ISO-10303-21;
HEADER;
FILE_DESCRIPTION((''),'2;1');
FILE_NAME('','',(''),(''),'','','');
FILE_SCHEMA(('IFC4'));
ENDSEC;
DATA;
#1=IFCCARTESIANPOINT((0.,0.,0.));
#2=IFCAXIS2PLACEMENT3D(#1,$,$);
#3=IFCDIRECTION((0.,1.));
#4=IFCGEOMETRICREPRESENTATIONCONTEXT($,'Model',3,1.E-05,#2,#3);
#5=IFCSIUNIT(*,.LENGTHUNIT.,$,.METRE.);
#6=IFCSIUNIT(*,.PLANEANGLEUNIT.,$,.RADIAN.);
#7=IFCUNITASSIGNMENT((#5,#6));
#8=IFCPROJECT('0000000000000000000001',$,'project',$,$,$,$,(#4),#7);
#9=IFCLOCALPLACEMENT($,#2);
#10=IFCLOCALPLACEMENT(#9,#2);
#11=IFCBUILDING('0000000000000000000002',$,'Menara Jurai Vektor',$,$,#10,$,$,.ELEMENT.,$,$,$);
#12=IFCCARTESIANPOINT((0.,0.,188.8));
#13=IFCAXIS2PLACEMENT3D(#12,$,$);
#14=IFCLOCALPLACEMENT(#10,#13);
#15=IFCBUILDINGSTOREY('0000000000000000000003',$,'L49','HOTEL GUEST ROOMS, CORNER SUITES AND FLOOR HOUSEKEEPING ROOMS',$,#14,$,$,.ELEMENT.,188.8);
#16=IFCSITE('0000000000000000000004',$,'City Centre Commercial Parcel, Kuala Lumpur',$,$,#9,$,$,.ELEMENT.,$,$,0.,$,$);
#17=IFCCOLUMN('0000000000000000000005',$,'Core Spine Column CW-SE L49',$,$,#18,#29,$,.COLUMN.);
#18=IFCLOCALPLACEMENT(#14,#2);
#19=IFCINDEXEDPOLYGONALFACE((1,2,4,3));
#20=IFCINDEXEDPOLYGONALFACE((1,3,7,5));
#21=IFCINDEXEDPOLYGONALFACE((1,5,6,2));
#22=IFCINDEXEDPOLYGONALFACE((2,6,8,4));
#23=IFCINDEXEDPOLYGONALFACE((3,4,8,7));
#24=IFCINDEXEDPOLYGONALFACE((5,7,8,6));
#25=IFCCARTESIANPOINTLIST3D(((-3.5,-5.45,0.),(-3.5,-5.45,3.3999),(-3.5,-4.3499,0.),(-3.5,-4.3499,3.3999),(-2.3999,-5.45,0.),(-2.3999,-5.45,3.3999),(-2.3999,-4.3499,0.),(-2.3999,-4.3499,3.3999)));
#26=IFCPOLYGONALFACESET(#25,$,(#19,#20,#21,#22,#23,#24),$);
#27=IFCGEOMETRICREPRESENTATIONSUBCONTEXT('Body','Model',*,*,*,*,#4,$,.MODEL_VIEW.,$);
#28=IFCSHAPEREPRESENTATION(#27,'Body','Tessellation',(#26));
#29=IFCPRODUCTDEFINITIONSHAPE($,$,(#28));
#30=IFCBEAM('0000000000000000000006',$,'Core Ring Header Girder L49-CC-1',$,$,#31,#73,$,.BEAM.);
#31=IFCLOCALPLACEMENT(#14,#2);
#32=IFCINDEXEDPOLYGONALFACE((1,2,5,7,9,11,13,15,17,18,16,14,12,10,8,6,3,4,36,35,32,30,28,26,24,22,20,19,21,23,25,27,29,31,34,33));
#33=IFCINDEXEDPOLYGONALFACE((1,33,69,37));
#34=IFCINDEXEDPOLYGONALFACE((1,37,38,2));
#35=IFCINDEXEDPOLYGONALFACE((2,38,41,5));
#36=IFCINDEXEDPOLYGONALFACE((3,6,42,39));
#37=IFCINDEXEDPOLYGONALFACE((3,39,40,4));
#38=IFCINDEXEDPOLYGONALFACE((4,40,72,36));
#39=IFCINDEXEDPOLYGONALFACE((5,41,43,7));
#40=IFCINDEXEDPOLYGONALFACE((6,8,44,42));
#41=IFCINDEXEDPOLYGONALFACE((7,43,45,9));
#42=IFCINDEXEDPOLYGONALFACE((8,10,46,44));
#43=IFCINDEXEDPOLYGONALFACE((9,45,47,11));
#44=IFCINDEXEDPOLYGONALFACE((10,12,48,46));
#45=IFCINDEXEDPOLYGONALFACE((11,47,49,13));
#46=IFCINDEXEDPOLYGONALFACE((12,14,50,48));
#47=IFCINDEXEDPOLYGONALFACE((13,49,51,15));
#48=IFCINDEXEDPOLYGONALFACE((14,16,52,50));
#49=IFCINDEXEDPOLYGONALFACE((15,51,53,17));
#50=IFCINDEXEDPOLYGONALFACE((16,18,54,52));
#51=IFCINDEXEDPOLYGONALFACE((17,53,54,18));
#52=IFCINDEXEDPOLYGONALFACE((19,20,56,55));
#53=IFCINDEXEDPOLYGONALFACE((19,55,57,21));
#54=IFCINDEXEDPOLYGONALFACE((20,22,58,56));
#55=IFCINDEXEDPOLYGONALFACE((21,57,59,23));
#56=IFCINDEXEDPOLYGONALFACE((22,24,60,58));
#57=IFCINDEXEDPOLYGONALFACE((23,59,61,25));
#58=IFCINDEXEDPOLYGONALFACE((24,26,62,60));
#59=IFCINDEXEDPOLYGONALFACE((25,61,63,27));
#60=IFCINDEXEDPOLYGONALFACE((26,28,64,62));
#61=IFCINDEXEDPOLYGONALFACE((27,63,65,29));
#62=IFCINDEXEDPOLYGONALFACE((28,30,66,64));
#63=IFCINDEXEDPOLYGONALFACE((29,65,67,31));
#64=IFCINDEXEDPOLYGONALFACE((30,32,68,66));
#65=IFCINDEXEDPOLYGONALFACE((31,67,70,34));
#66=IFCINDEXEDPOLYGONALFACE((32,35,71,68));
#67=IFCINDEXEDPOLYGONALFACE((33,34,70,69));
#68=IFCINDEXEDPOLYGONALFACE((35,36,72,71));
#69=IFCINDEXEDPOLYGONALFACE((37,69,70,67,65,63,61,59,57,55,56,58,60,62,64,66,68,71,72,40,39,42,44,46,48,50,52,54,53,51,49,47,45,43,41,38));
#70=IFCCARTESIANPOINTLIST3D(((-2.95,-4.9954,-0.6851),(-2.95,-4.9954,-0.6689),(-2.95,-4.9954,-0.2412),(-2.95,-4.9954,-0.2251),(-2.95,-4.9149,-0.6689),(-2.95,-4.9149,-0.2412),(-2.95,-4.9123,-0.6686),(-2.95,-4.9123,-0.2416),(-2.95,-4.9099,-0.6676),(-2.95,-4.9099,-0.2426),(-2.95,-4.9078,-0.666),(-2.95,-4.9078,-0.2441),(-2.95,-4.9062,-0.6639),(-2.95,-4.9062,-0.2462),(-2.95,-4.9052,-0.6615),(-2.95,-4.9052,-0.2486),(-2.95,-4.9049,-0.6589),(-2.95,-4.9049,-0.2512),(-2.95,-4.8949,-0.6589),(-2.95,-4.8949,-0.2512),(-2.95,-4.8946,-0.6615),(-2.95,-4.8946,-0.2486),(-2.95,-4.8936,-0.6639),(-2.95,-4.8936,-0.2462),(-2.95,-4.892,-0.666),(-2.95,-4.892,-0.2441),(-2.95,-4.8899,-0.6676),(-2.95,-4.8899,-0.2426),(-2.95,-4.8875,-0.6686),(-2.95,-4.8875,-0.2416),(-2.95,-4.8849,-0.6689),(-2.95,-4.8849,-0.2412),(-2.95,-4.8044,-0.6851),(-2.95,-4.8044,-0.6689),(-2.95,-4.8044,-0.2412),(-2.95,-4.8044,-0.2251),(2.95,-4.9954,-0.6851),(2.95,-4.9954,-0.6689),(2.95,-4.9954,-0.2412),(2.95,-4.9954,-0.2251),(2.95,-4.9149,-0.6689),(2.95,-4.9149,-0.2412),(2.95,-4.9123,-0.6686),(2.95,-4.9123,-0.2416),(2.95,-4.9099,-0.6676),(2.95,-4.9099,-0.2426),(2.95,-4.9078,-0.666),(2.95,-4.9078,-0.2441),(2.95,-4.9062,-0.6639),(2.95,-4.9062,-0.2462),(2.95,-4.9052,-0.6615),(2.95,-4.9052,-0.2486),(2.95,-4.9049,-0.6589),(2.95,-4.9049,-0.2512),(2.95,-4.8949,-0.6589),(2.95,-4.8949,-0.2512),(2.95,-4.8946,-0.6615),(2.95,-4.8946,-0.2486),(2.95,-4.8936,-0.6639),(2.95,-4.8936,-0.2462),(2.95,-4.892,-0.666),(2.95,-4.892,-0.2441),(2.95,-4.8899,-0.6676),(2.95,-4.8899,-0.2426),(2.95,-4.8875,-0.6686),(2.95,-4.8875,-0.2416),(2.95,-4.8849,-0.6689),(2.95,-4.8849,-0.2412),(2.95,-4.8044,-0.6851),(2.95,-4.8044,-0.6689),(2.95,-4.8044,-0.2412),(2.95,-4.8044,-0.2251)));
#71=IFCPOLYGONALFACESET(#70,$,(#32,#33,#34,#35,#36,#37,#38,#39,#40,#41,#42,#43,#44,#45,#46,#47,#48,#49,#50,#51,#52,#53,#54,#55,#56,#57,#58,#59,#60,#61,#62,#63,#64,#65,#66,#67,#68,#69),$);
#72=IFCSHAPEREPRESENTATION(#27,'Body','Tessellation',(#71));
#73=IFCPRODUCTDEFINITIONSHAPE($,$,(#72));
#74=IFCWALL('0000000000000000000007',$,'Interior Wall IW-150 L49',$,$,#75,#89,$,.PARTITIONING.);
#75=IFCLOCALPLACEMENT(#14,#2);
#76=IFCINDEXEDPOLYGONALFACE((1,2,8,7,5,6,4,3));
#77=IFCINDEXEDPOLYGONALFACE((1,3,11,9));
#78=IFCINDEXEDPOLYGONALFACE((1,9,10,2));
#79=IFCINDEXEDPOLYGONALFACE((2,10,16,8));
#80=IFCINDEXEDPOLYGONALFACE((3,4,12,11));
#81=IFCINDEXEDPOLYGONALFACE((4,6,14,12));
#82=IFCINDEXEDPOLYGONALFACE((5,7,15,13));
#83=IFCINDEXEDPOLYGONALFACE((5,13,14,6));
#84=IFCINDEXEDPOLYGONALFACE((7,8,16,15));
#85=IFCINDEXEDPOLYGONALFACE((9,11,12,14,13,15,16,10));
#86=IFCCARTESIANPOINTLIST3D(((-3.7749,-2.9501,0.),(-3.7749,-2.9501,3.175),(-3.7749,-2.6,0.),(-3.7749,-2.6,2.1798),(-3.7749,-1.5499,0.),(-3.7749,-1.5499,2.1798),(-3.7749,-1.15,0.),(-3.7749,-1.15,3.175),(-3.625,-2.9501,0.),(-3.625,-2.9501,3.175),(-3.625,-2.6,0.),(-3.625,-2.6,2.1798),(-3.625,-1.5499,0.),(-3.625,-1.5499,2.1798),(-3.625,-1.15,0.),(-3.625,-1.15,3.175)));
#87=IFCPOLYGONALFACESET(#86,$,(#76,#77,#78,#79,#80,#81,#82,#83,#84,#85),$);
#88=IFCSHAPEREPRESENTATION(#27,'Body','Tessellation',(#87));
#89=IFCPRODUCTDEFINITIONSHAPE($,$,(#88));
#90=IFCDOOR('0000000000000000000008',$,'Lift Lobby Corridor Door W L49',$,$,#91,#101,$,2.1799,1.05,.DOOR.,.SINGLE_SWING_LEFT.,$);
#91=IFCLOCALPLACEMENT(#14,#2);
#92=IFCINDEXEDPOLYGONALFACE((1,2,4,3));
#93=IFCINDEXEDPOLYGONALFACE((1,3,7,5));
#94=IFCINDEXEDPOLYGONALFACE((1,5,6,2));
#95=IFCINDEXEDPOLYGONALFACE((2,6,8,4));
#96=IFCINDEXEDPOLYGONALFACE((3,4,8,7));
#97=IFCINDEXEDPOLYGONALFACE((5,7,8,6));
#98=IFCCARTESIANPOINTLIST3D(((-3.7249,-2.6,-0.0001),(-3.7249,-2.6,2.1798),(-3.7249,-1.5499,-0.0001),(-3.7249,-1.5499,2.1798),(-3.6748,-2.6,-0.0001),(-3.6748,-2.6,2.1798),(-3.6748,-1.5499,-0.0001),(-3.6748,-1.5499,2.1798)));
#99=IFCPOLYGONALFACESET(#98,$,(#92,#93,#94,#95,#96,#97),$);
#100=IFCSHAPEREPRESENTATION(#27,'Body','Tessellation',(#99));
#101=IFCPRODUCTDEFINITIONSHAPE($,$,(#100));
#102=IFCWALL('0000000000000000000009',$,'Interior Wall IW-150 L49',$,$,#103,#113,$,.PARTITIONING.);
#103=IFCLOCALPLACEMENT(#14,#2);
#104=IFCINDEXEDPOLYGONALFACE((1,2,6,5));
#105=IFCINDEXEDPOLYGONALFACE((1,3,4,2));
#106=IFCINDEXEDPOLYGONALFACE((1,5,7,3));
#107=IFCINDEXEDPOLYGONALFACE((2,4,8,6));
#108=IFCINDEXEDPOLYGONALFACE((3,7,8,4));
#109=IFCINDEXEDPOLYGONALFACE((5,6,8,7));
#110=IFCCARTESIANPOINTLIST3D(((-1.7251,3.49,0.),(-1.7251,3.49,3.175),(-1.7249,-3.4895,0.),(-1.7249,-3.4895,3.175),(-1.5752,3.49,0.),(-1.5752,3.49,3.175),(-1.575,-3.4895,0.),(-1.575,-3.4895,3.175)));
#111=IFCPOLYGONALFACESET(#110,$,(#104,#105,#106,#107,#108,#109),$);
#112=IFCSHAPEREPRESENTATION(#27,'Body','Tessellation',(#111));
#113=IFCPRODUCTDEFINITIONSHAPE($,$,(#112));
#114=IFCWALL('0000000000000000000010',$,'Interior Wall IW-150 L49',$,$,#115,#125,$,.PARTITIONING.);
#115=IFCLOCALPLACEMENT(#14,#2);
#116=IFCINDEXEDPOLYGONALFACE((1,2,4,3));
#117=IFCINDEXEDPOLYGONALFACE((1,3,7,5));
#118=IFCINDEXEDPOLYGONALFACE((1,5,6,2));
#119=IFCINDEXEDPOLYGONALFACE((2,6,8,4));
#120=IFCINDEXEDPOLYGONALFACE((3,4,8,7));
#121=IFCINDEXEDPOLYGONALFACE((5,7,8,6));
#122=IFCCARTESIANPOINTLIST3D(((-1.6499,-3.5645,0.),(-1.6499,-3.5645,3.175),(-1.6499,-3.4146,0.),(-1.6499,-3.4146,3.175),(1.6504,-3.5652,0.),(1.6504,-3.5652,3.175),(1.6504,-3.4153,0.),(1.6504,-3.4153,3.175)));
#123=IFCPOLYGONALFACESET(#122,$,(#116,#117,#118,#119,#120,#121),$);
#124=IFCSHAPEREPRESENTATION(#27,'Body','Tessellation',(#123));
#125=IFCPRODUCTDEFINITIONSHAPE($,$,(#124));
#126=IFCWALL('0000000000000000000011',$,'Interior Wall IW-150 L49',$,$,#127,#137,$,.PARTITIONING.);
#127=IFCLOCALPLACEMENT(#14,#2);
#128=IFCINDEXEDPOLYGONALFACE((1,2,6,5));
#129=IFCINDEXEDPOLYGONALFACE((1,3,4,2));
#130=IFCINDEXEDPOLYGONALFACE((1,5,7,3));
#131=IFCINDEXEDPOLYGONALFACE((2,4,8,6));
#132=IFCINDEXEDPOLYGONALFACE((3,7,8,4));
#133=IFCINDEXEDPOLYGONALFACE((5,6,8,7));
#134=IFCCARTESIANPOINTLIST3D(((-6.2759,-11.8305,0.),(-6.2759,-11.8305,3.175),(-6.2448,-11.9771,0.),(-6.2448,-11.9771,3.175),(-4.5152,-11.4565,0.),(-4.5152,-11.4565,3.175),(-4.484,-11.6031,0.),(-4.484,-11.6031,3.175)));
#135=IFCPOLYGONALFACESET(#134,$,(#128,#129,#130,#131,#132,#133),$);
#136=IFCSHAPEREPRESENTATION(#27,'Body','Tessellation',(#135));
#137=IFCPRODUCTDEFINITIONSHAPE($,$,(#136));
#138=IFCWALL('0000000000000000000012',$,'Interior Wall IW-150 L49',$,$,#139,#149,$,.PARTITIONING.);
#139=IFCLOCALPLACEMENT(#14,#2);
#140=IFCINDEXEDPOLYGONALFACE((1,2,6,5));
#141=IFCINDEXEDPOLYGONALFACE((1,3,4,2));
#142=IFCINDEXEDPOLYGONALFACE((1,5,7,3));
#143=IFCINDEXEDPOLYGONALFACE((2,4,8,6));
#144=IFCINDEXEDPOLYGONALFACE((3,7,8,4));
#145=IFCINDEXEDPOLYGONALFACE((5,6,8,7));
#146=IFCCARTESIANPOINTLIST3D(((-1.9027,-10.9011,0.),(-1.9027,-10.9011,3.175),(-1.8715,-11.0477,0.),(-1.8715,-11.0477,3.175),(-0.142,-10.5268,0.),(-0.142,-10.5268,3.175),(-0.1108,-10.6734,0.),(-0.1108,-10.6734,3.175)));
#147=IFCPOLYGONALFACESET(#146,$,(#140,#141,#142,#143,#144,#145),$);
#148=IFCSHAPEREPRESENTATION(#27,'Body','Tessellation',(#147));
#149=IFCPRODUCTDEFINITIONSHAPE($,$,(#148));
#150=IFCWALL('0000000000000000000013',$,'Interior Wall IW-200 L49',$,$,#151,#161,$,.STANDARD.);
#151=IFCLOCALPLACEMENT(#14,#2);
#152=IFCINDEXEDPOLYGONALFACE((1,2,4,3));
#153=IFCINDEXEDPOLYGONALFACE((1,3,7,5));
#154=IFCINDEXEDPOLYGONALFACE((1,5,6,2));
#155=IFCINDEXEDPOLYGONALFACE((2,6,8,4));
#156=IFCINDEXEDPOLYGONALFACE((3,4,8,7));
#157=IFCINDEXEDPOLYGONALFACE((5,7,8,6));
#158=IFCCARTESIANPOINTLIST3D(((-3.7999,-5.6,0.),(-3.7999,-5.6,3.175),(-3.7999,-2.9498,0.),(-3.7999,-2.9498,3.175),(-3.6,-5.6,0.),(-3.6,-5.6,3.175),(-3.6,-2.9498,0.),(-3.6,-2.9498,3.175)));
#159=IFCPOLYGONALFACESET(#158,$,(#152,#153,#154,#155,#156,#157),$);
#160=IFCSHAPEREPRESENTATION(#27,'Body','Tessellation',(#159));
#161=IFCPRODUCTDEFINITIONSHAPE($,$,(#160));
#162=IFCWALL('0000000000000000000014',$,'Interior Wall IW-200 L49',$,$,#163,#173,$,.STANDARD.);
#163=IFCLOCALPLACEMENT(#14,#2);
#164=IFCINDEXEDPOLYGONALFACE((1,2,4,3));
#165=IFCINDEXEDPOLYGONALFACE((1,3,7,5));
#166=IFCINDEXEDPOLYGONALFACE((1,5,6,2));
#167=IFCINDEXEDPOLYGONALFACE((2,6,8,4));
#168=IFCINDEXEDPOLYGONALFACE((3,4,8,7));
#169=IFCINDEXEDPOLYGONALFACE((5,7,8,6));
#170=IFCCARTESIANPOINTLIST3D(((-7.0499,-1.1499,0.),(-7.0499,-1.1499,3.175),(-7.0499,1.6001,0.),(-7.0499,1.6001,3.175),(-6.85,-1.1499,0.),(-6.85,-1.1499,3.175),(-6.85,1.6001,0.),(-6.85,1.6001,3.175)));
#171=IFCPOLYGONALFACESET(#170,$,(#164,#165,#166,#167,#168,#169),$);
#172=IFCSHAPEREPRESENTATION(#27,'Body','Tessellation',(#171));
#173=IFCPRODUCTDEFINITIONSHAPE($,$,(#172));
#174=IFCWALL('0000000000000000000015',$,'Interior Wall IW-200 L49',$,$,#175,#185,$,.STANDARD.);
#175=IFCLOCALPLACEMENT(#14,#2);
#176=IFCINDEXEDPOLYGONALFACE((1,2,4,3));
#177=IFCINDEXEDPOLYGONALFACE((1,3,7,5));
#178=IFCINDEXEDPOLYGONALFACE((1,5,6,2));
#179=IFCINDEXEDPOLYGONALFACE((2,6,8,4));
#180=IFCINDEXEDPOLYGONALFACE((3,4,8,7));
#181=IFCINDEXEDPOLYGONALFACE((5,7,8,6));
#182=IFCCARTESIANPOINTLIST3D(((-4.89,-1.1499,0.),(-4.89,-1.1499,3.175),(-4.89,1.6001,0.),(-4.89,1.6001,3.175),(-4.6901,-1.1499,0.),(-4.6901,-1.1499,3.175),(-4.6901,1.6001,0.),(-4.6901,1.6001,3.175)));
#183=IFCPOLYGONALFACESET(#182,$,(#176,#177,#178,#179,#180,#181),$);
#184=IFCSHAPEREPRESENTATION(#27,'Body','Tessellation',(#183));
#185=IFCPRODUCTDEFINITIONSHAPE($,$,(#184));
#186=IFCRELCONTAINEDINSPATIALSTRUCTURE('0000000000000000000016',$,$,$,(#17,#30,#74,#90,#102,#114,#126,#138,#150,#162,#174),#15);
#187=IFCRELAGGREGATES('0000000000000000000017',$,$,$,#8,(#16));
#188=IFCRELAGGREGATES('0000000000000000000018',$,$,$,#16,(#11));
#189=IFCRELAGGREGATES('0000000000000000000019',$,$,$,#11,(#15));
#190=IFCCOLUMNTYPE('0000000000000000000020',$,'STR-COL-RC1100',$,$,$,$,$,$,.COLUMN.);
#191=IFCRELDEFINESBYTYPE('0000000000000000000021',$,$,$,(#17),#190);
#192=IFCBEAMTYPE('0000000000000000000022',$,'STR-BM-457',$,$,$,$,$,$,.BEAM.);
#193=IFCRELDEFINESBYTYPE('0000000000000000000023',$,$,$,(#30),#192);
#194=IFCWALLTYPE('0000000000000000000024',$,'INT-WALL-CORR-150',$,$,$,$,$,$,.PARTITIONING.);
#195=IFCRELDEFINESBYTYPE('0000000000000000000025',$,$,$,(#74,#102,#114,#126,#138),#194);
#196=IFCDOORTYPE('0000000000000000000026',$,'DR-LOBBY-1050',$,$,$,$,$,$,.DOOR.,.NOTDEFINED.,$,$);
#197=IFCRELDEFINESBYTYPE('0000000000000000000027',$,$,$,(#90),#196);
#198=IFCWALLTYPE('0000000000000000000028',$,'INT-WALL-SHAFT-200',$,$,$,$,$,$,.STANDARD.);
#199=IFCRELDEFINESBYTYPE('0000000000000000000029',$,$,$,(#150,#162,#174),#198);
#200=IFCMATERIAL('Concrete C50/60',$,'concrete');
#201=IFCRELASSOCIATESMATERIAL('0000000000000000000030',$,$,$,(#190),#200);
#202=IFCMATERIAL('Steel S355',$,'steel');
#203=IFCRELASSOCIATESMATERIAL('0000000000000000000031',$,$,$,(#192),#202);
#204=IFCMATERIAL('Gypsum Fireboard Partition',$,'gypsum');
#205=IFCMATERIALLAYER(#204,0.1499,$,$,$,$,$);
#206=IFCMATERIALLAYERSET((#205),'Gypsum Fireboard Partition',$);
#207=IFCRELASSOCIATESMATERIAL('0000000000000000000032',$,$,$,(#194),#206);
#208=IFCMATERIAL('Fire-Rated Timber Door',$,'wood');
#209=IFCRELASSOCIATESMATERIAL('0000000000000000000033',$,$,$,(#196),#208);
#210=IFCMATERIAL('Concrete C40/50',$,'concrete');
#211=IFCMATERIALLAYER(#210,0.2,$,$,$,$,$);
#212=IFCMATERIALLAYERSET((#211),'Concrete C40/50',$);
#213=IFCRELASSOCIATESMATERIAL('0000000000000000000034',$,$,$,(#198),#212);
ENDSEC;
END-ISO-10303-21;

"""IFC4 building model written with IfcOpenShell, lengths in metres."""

from ifc_helpers import new_model, si_unit, direction, frame, frame_2d, origin, origin_2d, place, context, subcontext, project, spatial, rectangle, i_section, extrude, material, layer, layer_set, material_profile, profile_set, type_object, element, fill, save


model = new_model("IFC4")

# Units and contexts
model_context = context("Model", 3, precision=1e-05, world=origin(), true_north=direction((0.0, 1.0)))
body_context = subcontext(model_context, "Body", "Model", "MODEL_VIEW")
ifc_project = project(units=[si_unit("LENGTHUNIT", "METRE"), si_unit("PLANEANGLEUNIT", "RADIAN")], contexts=[model_context])

# Site, building, storey
site_placement = place(None, origin())
site = spatial("IfcSite", under=ifc_project, at=site_placement, Name="City Centre Commercial Parcel, Kuala Lumpur", CompositionType="ELEMENT", RefElevation=0.0)
building_placement = place(site_placement, origin())
building = spatial("IfcBuilding", under=site, at=building_placement, Name="Menara Jurai Vektor", CompositionType="ELEMENT")
storey_placement = place(building_placement, frame((0.0, 0.0, 188.8)))
storey = spatial("IfcBuildingStorey", under=building, at=storey_placement, Name="L49", Description="HOTEL GUEST ROOMS, CORNER SUITES AND FLOOR HOUSEKEEPING ROOMS", CompositionType="ELEMENT", Elevation=188.8)

# Column
ifc_material_1 = material(Name="Concrete C50/60", Category="concrete")
ifc_material_profile_1 = material_profile(ifc_material_1, rectangle(XDim=1.1001, YDim=1.1001, at=origin_2d()), Name="RC 1100x1100")
ifc_profile_set_1 = profile_set([ifc_material_profile_1], Name="Concrete C50/60")
column_type = type_object("IfcColumnType", Name="STR-COL-RC1100", PredefinedType="COLUMN", material=ifc_profile_set_1)
column_placement = place(storey_placement, frame((-2.95, -4.8999, 0.0), z_axis=(0.0, 0.0, 1.0), x_axis=(1.0, 0.0, 0.0)))
element("IfcColumn", 1, at=column_placement, inside=storey, type_object=column_type, Name="Core Spine Column CW-SE L49", PredefinedType="COLUMN", context=body_context, shape_type="SweptSolid", body=[
    extrude(rectangle(XDim=1.1001, YDim=1.1001, at=origin_2d()), origin(), (0.0, 0.0, 1.0), 3.3999),
])

# Beam
ifc_material_2 = material(Name="Steel S355", Category="steel")
ifc_material_profile_2 = material_profile(ifc_material_2, i_section(OverallWidth=0.1909, OverallDepth=0.46, WebThickness=0.01, FlangeThickness=0.0161, FilletRadius=0.01, at=origin_2d()), Name="UKB 457x191x82")
ifc_profile_set_2 = profile_set([ifc_material_profile_2], Name="Steel S355")
beam_type = type_object("IfcBeamType", Name="STR-BM-457", PredefinedType="BEAM", material=ifc_profile_set_2)
beam_placement = place(storey_placement, frame((-2.95, -4.8999, -0.4551), z_axis=(1.0, 0.0, 0.0), x_axis=(0.0, 1.0, 0.0)))
element("IfcBeam", 2, at=beam_placement, inside=storey, type_object=beam_type, Name="Core Ring Header Girder L49-CC-1", PredefinedType="BEAM", context=body_context, shape_type="SweptSolid", body=[
    extrude(i_section(OverallWidth=0.1909, OverallDepth=0.46, WebThickness=0.01, FlangeThickness=0.0161, FilletRadius=0.01, at=origin_2d()), origin(), (0.0, 0.0, 1.0), 5.8999),
])

# Wall, opening, door
ifc_material_3 = material(Name="Gypsum Fireboard Partition", Category="gypsum")
ifc_layer_1 = layer(ifc_material_3, 0.1499)
ifc_layer_set_1 = layer_set([ifc_layer_1], Name="Gypsum Fireboard Partition")
wall_type_1 = type_object("IfcWallType", Name="INT-WALL-CORR-150", PredefinedType="PARTITIONING", material=ifc_layer_set_1)
wall_1_placement = place(storey_placement, frame((-3.7, -2.95, 0.0), z_axis=(0.0, 0.0, 1.0), x_axis=(0.0, 1.0, 0.0)))
wall_1 = element("IfcWall", 3, at=wall_1_placement, inside=storey, type_object=wall_type_1, Name="Interior Wall IW-150 L49", PredefinedType="PARTITIONING", context=body_context, shape_type="SweptSolid", body=[
    extrude(rectangle(XDim=1.8, YDim=0.1499, at=frame_2d((0.8999, 0.0))), origin(), (0.0, 0.0, 1.0), 3.175),
])
opening_1_placement = place(wall_1_placement, frame((0.3501, 0.0, 0.0)))
opening_1 = element("IfcOpeningElement", 4, at=opening_1_placement, cuts=wall_1, PredefinedType="OPENING", context=body_context, shape_type="SweptSolid", body=[
    extrude(rectangle(XDim=1.05, YDim=2.1799, at=frame_2d((0.5249, 1.0898))), frame((0.0, 0.085, 0.0), z_axis=(0.0, -1.0, 0.0), x_axis=(1.0, 0.0, 0.0)), (0.0, 0.0, 1.0), 0.1699),
])
ifc_material_4 = material(Name="Fire-Rated Timber Door", Category="wood")
door_type_1 = type_object("IfcDoorType", Name="DR-LOBBY-1050", OperationType="NOTDEFINED", PredefinedType="DOOR", material=ifc_material_4)
door_1_placement = place(opening_1_placement, origin())
door_1 = element("IfcDoor", 5, at=door_1_placement, inside=storey, type_object=door_type_1, Name="Lift Lobby Corridor Door W L49", OperationType="SINGLE_SWING_LEFT", OverallHeight=2.1799, OverallWidth=1.05, PredefinedType="DOOR", context=body_context, shape_type="SweptSolid", body=[
    extrude(rectangle(XDim=1.05, YDim=2.1799, at=frame_2d((0.5249, 1.0898))), frame((0.0, 0.0249, 0.0), z_axis=(0.0, -1.0, 0.0), x_axis=(1.0, 0.0, 0.0)), (0.0, 0.0, 1.0), 0.05),
])
fill(opening_1, door_1)

# Walls
wall_2_placement = place(storey_placement, frame((-1.6499, -3.4895, 0.0), z_axis=(0.0, 0.0, 1.0), x_axis=(-0.000035, 1.0, 0.0)))
element("IfcWall", 6, at=wall_2_placement, inside=storey, type_object=wall_type_1, Name="Interior Wall IW-150 L49", PredefinedType="PARTITIONING", context=body_context, shape_type="SweptSolid", body=[
    extrude(rectangle(XDim=6.9795, YDim=0.1499, at=frame_2d((3.4897, 0.0))), origin(), (0.0, 0.0, 1.0), 3.175),
])
wall_3_placement = place(storey_placement, frame((-1.6499, -3.4895, 0.0), z_axis=(0.0, 0.0, 1.0), x_axis=(1.0, -0.000222, 0.0)))
element("IfcWall", 7, at=wall_3_placement, inside=storey, type_object=wall_type_1, Name="Interior Wall IW-150 L49", PredefinedType="PARTITIONING", context=body_context, shape_type="SweptSolid", body=[
    extrude(rectangle(XDim=3.3003, YDim=0.1499, at=frame_2d((1.6501, 0.0))), origin(), (0.0, 0.0, 1.0), 3.175),
])

# Walls
for number, where, z_axis, x_axis, name in (
    (8, (-6.2603, -11.9038, 0.0), (0.0, 0.0, 1.0), (0.978174, 0.207787, 0.0), "Interior Wall IW-150 L49"),
    (9, (-1.887, -10.9744, 0.0), (0.0, 0.0, 1.0), (0.978146, 0.207917, 0.0), "Interior Wall IW-150 L49"),
):
    element("IfcWall", number, at=place(storey_placement, frame(where, z_axis=z_axis, x_axis=x_axis)), inside=storey, type_object=wall_type_1, Name=name, PredefinedType="PARTITIONING", context=body_context, shape_type="SweptSolid", body=[
        extrude(rectangle(XDim=1.8, YDim=0.1499, at=frame_2d((0.8999, 0.0))), origin(), (0.0, 0.0, 1.0), 3.175),
    ])
ifc_material_5 = material(Name="Concrete C40/50", Category="concrete")
ifc_layer_2 = layer(ifc_material_5, 0.2)
ifc_layer_set_2 = layer_set([ifc_layer_2], Name="Concrete C40/50")
wall_type_2 = type_object("IfcWallType", Name="INT-WALL-SHAFT-200", PredefinedType="STANDARD", material=ifc_layer_set_2)
wall_4_placement = place(storey_placement, frame((-3.7, -5.6001, 0.0), z_axis=(0.0, 0.0, 1.0), x_axis=(0.0, 1.0, 0.0)))
element("IfcWall", 10, at=wall_4_placement, inside=storey, type_object=wall_type_2, Name="Interior Wall IW-200 L49", PredefinedType="STANDARD", context=body_context, shape_type="SweptSolid", body=[
    extrude(rectangle(XDim=2.6501, YDim=0.2, at=frame_2d((1.3252, 0.0))), origin(), (0.0, 0.0, 1.0), 3.175),
])
for number, where, z_axis, x_axis, name in (
    (11, (-6.95, -1.1499, 0.0), (0.0, 0.0, 1.0), (0.0, 1.0, 0.0), "Interior Wall IW-200 L49"),
    (12, (-4.79, -1.1499, 0.0), (0.0, 0.0, 1.0), (0.0, 1.0, 0.0), "Interior Wall IW-200 L49"),
):
    element("IfcWall", number, at=place(storey_placement, frame(where, z_axis=z_axis, x_axis=x_axis)), inside=storey, type_object=wall_type_2, Name=name, PredefinedType="STANDARD", context=body_context, shape_type="SweptSolid", body=[
        extrude(rectangle(XDim=2.75, YDim=0.2, at=frame_2d((1.375, 0.0))), origin(), (0.0, 0.0, 1.0), 3.175),
    ])

save(model, "model.ifc")
